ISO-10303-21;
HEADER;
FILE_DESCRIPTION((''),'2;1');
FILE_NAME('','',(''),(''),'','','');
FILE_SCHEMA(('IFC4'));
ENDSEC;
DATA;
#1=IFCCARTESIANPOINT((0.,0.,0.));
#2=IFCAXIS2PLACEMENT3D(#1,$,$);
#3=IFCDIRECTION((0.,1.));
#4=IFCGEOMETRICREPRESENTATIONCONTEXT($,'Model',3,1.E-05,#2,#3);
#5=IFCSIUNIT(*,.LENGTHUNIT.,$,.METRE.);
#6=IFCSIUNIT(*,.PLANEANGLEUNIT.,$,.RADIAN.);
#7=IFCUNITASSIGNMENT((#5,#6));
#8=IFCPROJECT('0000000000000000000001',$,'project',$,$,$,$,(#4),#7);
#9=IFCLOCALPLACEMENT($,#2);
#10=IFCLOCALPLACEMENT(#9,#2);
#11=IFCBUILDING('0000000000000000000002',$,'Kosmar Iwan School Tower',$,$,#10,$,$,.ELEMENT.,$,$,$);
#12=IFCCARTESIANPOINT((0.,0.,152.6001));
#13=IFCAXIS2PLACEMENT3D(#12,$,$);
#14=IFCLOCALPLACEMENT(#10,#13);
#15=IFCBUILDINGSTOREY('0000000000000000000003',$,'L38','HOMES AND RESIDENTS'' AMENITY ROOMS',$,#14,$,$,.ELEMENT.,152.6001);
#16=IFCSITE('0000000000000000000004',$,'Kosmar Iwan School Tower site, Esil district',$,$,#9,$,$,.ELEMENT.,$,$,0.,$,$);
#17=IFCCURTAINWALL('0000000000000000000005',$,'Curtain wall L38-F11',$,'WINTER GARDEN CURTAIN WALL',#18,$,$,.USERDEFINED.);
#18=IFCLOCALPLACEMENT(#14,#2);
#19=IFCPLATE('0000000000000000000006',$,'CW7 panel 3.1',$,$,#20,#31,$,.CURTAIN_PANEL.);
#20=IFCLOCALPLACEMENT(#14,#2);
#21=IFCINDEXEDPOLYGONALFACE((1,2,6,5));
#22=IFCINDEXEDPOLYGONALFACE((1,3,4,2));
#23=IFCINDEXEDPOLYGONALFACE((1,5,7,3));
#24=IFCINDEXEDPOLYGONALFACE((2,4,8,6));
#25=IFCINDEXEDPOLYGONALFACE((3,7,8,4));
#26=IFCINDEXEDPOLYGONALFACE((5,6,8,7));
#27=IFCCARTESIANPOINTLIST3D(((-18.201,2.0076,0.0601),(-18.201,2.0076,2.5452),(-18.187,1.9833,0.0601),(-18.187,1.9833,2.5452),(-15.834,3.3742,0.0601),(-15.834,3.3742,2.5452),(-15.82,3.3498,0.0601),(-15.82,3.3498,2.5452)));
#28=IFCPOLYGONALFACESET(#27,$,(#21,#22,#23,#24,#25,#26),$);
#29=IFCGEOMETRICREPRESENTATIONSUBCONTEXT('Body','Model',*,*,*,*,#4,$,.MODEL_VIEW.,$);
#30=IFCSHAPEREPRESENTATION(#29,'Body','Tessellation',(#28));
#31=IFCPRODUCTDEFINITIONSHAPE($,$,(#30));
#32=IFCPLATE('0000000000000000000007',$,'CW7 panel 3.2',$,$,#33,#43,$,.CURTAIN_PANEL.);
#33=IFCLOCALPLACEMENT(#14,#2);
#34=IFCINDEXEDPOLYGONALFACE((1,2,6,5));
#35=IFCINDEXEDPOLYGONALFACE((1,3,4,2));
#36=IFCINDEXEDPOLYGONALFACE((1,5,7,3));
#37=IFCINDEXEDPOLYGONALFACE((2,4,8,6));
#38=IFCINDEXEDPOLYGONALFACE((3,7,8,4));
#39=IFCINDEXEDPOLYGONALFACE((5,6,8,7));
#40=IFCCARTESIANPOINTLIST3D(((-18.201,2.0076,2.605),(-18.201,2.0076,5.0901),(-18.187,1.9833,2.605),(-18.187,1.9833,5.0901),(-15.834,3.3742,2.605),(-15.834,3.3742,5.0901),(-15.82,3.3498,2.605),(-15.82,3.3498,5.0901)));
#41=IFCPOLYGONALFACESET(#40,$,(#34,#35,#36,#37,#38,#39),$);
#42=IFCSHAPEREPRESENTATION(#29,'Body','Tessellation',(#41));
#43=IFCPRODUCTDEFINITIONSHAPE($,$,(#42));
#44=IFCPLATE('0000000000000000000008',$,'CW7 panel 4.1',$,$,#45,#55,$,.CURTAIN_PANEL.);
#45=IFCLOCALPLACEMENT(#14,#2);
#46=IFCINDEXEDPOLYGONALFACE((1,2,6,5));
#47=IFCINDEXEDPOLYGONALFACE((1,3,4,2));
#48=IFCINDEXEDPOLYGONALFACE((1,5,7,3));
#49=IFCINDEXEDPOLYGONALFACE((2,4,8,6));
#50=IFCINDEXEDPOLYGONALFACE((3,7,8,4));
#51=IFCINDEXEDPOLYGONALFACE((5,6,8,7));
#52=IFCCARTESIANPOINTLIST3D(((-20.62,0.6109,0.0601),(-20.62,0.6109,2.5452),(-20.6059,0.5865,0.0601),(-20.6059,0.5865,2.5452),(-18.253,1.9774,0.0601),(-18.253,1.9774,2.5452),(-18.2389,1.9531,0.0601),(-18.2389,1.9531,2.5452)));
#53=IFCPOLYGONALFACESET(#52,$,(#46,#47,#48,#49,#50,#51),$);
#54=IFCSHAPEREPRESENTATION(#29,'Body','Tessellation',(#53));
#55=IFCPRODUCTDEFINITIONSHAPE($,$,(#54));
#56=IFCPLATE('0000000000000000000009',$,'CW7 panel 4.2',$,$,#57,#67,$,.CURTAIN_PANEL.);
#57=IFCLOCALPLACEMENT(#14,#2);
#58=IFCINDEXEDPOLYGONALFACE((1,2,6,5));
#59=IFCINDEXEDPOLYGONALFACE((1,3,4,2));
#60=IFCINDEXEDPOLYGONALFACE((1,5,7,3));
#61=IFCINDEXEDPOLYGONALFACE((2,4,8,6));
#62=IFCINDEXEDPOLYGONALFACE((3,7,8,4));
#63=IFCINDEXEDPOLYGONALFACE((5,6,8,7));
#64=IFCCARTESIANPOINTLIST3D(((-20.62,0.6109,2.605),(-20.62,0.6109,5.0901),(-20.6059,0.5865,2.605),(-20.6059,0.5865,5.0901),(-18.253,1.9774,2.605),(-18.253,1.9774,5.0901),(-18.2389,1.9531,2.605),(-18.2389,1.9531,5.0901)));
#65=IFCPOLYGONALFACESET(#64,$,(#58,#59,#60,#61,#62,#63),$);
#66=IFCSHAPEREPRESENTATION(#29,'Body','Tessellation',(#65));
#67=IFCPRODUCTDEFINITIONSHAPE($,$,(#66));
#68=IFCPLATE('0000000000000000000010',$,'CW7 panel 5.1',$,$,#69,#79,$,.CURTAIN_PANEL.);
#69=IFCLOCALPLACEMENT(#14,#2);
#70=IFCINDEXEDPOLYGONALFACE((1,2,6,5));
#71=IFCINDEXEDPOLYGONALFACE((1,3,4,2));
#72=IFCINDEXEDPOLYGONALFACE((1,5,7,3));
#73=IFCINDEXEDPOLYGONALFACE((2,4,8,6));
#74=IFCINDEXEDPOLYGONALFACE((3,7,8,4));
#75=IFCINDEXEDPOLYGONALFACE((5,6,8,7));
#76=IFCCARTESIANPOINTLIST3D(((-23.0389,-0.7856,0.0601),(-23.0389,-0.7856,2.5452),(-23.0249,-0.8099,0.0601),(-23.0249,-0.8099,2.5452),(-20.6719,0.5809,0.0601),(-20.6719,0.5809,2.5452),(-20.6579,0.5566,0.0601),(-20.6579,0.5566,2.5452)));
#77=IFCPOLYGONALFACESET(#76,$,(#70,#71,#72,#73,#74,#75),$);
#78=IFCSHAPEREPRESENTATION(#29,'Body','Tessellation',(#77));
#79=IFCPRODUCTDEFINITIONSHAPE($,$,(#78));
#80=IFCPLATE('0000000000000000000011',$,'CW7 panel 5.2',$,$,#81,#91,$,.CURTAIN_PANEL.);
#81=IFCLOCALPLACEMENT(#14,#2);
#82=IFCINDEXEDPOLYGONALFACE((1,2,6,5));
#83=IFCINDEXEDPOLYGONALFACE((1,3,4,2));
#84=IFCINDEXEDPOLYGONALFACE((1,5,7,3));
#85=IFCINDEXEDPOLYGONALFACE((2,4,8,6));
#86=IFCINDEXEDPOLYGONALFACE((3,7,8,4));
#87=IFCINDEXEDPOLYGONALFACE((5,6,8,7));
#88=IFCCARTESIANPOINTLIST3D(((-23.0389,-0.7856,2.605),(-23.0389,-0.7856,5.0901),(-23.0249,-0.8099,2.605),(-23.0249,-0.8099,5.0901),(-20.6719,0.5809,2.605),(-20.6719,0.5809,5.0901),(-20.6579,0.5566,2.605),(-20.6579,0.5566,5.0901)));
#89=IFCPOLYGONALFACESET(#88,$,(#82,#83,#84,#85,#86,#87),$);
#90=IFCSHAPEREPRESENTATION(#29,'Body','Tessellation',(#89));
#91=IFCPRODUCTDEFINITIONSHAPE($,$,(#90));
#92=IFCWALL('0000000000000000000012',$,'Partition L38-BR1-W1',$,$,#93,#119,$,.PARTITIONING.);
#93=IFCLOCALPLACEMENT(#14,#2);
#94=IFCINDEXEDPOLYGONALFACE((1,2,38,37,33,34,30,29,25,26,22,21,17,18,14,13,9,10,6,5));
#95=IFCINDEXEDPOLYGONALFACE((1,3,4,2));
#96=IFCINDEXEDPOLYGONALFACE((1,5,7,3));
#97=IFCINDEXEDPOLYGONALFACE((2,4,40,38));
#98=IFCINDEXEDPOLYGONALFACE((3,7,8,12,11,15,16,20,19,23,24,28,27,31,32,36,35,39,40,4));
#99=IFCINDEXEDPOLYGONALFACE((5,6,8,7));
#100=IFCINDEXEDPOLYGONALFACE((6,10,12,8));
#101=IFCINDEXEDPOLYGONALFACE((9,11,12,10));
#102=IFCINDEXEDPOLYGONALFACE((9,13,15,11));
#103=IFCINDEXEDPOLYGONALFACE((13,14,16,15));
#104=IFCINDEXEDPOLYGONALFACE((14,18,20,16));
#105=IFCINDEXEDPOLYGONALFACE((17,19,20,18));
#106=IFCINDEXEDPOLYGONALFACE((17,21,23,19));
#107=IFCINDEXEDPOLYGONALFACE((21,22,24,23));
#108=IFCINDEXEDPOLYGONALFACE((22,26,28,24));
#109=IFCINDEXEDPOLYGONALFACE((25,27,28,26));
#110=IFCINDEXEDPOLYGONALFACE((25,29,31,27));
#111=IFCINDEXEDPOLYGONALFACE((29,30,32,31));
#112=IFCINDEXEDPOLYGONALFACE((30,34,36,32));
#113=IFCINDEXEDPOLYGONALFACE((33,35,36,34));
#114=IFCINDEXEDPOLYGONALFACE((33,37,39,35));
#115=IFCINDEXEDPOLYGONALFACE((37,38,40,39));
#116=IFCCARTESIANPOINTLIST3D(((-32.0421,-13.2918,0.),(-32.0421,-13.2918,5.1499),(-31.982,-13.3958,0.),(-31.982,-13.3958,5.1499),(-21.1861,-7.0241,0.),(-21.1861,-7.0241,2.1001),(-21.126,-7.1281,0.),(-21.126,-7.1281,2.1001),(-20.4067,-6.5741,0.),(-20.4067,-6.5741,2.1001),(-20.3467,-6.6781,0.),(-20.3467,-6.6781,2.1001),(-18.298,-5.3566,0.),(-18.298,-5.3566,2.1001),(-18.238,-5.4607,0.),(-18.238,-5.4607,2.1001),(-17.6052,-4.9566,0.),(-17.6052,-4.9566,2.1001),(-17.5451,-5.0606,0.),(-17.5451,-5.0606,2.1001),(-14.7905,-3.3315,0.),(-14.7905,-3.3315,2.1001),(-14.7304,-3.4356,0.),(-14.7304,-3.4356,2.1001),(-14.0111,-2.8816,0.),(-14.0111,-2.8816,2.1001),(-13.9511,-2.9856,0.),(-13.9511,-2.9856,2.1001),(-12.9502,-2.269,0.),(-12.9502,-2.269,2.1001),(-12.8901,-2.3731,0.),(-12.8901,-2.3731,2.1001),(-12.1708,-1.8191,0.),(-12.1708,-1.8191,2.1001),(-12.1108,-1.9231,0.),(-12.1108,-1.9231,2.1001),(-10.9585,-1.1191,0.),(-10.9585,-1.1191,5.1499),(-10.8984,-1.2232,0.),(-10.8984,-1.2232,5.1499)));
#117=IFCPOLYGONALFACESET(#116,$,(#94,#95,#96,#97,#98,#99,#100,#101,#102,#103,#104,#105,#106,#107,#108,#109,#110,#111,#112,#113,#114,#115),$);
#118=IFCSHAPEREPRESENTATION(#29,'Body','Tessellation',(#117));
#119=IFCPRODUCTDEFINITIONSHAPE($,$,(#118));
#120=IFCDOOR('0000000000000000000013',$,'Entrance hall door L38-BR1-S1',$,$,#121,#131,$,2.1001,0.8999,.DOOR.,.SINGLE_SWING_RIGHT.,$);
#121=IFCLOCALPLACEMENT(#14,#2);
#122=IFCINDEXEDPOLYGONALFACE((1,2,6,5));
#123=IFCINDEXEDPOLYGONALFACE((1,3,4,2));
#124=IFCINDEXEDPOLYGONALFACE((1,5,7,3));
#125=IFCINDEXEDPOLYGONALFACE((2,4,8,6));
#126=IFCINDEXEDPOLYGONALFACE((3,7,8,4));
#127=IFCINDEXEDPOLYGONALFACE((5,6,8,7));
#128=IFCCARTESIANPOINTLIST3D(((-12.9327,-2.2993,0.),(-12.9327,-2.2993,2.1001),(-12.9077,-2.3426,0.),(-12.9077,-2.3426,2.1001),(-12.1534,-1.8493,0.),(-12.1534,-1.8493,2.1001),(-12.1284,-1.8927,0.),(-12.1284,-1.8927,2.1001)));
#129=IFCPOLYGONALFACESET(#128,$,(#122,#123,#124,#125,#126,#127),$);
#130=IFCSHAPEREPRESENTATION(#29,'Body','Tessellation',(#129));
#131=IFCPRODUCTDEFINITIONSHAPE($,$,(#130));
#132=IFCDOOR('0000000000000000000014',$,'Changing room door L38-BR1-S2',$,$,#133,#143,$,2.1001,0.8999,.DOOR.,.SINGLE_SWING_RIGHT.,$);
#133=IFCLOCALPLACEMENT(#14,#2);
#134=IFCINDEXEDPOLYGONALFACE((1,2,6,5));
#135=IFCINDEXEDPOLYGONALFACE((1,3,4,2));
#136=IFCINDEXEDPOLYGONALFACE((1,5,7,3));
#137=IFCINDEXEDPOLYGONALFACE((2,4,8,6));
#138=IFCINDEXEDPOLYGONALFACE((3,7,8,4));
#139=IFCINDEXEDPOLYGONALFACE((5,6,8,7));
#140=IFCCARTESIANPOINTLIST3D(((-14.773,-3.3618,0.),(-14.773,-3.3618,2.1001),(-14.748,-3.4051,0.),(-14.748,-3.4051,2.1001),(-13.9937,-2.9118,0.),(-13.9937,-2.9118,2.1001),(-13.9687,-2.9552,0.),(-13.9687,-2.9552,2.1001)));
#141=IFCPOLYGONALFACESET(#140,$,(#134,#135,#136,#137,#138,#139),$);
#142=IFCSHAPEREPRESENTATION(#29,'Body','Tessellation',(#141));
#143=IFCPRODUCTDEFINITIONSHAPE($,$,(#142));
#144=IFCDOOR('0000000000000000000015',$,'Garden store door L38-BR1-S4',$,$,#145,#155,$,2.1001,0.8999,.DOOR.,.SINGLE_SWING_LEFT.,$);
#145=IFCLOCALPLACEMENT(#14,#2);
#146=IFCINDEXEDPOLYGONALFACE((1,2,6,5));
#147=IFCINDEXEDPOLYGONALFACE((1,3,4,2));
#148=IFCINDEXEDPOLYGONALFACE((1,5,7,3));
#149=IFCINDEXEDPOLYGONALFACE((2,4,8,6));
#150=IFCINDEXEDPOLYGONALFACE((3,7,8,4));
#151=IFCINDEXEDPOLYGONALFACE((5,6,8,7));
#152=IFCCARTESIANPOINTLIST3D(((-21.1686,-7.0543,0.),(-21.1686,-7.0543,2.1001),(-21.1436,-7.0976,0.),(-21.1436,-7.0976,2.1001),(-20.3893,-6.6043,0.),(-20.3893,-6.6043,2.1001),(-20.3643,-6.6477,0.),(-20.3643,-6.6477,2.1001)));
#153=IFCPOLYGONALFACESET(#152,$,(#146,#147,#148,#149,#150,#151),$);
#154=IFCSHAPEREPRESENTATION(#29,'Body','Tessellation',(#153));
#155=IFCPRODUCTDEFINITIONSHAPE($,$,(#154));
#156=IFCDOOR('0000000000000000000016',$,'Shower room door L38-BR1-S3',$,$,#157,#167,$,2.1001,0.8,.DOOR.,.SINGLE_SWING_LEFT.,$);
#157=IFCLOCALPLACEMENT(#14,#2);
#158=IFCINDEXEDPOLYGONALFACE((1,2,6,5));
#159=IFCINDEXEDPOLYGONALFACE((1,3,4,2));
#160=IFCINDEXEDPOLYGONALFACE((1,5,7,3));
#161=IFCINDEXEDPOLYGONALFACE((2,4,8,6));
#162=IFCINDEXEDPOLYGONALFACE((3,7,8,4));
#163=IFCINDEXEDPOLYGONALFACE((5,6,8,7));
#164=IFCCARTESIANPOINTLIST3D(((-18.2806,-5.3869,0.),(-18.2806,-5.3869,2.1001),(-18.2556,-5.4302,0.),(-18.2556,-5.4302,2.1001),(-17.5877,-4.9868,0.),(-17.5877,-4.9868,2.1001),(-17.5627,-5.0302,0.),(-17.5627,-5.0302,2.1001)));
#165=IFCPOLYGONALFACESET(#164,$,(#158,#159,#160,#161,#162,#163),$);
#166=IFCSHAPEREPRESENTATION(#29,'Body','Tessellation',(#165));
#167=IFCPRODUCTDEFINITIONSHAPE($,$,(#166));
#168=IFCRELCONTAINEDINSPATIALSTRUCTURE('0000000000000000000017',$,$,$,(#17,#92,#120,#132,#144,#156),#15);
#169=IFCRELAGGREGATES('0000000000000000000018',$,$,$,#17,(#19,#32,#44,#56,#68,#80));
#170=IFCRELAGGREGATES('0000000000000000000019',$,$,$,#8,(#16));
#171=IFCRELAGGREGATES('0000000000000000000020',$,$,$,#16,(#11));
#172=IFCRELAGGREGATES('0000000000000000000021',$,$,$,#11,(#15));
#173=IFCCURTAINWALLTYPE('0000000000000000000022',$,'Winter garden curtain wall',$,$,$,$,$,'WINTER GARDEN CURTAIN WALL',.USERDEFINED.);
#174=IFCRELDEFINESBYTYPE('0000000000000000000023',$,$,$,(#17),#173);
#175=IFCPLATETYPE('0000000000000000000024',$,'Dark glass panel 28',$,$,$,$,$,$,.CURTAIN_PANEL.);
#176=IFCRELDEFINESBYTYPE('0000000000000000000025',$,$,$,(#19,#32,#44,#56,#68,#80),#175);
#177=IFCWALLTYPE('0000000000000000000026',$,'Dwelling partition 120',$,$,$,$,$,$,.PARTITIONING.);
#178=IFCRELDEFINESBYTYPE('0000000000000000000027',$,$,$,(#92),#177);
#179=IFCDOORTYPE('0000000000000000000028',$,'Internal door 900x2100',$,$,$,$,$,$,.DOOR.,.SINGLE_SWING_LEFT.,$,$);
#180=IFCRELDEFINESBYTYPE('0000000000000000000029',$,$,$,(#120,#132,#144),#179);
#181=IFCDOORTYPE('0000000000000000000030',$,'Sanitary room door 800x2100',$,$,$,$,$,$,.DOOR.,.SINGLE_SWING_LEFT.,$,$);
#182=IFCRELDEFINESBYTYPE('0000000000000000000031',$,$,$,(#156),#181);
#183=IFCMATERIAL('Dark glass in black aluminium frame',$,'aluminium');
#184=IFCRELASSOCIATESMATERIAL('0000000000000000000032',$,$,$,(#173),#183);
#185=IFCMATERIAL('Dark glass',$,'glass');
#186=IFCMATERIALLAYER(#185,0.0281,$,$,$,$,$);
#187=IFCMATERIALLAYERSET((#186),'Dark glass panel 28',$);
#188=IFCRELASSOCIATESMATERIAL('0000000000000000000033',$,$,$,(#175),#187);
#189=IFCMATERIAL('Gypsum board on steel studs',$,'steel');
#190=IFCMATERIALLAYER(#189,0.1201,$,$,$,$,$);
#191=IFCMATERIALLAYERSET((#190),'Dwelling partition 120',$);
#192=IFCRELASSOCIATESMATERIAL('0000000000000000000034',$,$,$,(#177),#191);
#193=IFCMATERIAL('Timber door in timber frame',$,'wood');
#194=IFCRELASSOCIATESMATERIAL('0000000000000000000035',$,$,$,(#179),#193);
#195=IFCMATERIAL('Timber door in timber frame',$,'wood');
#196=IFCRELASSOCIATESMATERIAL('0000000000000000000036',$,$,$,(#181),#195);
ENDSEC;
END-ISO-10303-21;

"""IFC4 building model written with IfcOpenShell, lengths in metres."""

from ifc_helpers import new_model, si_unit, direction, frame, frame_2d, origin, origin_2d, place, context, subcontext, project, spatial, rectangle, extrude, material, layer, layer_set, type_object, element, fill, aggregate, save


model = new_model("IFC4")

# Units and contexts
model_context = context("Model", 3, precision=1e-05, world=origin(), true_north=direction((0.0, 1.0)))
body_context = subcontext(model_context, "Body", "Model", "MODEL_VIEW")
ifc_project = project(units=[si_unit("LENGTHUNIT", "METRE"), si_unit("PLANEANGLEUNIT", "RADIAN")], contexts=[model_context])

# Site, building, storey
site_placement = place(None, origin())
site = spatial("IfcSite", under=ifc_project, at=site_placement, Name="Kosmar Iwan School Tower site, Esil district", CompositionType="ELEMENT", RefElevation=0.0)
building_placement = place(site_placement, origin())
building = spatial("IfcBuilding", under=site, at=building_placement, Name="Kosmar Iwan School Tower", CompositionType="ELEMENT")
storey_placement = place(building_placement, frame((0.0, 0.0, 152.6001)))
storey = spatial("IfcBuildingStorey", under=building, at=storey_placement, Name="L38", Description="HOMES AND RESIDENTS' AMENITY ROOMS", CompositionType="ELEMENT", Elevation=152.6001)

# Curtain wall
ifc_material_1 = material(Name="Dark glass in black aluminium frame", Category="aluminium")
curtain_wall_type = type_object("IfcCurtainWallType", Name="Winter garden curtain wall", ElementType="WINTER GARDEN CURTAIN WALL", PredefinedType="USERDEFINED", material=ifc_material_1)
curtain_wall_placement = place(storey_placement, origin())
curtain_wall = element("IfcCurtainWall", 1, at=curtain_wall_placement, inside=storey, type_object=curtain_wall_type, Name="Curtain wall L38-F11", ObjectType="WINTER GARDEN CURTAIN WALL", PredefinedType="USERDEFINED")

# Plates
ifc_material_2 = material(Name="Dark glass", Category="glass")
ifc_layer_1 = layer(ifc_material_2, 0.0281)
ifc_layer_set_1 = layer_set([ifc_layer_1], Name="Dark glass panel 28")
plate_type = type_object("IfcPlateType", Name="Dark glass panel 28", PredefinedType="CURTAIN_PANEL", material=ifc_layer_set_1)
plate_1_placement = place(storey_placement, frame((-17.0105, 2.6787, 0.0601), z_axis=(0.0, 0.0, 1.0), x_axis=(-0.866025, -0.5, 0.0)))
plate_1 = element("IfcPlate", 2, at=plate_1_placement, type_object=plate_type, Name="CW7 panel 3.1", PredefinedType="CURTAIN_PANEL", context=body_context, shape_type="SweptSolid", body=[
    extrude(rectangle(XDim=2.7332, YDim=0.0281, at=origin_2d()), origin(), (0.0, 0.0, 1.0), 2.4851),
])
plate_2_placement = place(storey_placement, frame((-17.0105, 2.6787, 2.605), z_axis=(0.0, 0.0, 1.0), x_axis=(-0.866025, -0.5, 0.0)))
plate_2 = element("IfcPlate", 3, at=plate_2_placement, type_object=plate_type, Name="CW7 panel 3.2", PredefinedType="CURTAIN_PANEL", context=body_context, shape_type="SweptSolid", body=[
    extrude(rectangle(XDim=2.7332, YDim=0.0281, at=origin_2d()), origin(), (0.0, 0.0, 1.0), 2.4851),
])
plate_3_placement = place(storey_placement, frame((-19.4294, 1.282, 0.0601), z_axis=(0.0, 0.0, 1.0), x_axis=(-0.866025, -0.5, 0.0)))
plate_3 = element("IfcPlate", 4, at=plate_3_placement, type_object=plate_type, Name="CW7 panel 4.1", PredefinedType="CURTAIN_PANEL", context=body_context, shape_type="SweptSolid", body=[
    extrude(rectangle(XDim=2.7332, YDim=0.0281, at=origin_2d()), origin(), (0.0, 0.0, 1.0), 2.4851),
])
plate_4_placement = place(storey_placement, frame((-19.4294, 1.282, 2.605), z_axis=(0.0, 0.0, 1.0), x_axis=(-0.866025, -0.5, 0.0)))
plate_4 = element("IfcPlate", 5, at=plate_4_placement, type_object=plate_type, Name="CW7 panel 4.2", PredefinedType="CURTAIN_PANEL", context=body_context, shape_type="SweptSolid", body=[
    extrude(rectangle(XDim=2.7332, YDim=0.0281, at=origin_2d()), origin(), (0.0, 0.0, 1.0), 2.4851),
])
plate_5_placement = place(storey_placement, frame((-21.8484, -0.1145, 0.0601), z_axis=(0.0, 0.0, 1.0), x_axis=(-0.866025, -0.5, 0.0)))
plate_5 = element("IfcPlate", 6, at=plate_5_placement, type_object=plate_type, Name="CW7 panel 5.1", PredefinedType="CURTAIN_PANEL", context=body_context, shape_type="SweptSolid", body=[
    extrude(rectangle(XDim=2.7332, YDim=0.0281, at=origin_2d()), origin(), (0.0, 0.0, 1.0), 2.4851),
])
plate_6_placement = place(storey_placement, frame((-21.8484, -0.1145, 2.605), z_axis=(0.0, 0.0, 1.0), x_axis=(-0.866025, -0.5, 0.0)))
plate_6 = element("IfcPlate", 7, at=plate_6_placement, type_object=plate_type, Name="CW7 panel 5.2", PredefinedType="CURTAIN_PANEL", context=body_context, shape_type="SweptSolid", body=[
    extrude(rectangle(XDim=2.7332, YDim=0.0281, at=origin_2d()), origin(), (0.0, 0.0, 1.0), 2.4851),
])
aggregate(curtain_wall, [plate_1, plate_2, plate_3, plate_4, plate_5, plate_6])

# Wall, openings, doors
ifc_material_3 = material(Name="Gypsum board on steel studs", Category="steel")
ifc_layer_2 = layer(ifc_material_3, 0.1201)
ifc_layer_set_2 = layer_set([ifc_layer_2], Name="Dwelling partition 120")
wall_type = type_object("IfcWallType", Name="Dwelling partition 120", PredefinedType="PARTITIONING", material=ifc_layer_set_2)
wall_1_placement = place(storey_placement, frame((-10.9285, -1.1711, 0.0), z_axis=(0.0, 0.0, 1.0), x_axis=(-0.866025, -0.500001, 0.0)))
wall_1 = element("IfcWall", 8, at=wall_1_placement, inside=storey, type_object=wall_type, Name="Partition L38-BR1-W1", PredefinedType="PARTITIONING", context=body_context, shape_type="SweptSolid", body=[
    extrude(rectangle(XDim=24.3452, YDim=0.1201, at=frame_2d((12.1726, 0.0))), origin(), (0.0, 0.0, 1.0), 5.1499),
])
opening_1_placement = place(wall_1_placement, frame((1.3999, 0.0, 0.0)))
opening_1 = element("IfcOpeningElement", 9, at=opening_1_placement, cuts=wall_1, PredefinedType="OPENING", context=body_context, shape_type="SweptSolid", body=[
    extrude(rectangle(XDim=0.8999, YDim=2.1001, at=frame_2d((0.45, 1.05))), frame((0.0, 0.072, 0.0), z_axis=(0.0, -1.0, 0.0), x_axis=(1.0, 0.0, 0.0)), (0.0, 0.0, 1.0), 0.144),
])
opening_2_placement = place(wall_1_placement, frame((3.5249, 0.0, 0.0)))
opening_2 = element("IfcOpeningElement", 10, at=opening_2_placement, cuts=wall_1, PredefinedType="OPENING", context=body_context, shape_type="SweptSolid", body=[
    extrude(rectangle(XDim=0.8999, YDim=2.1001, at=frame_2d((0.45, 1.05))), frame((0.0, 0.072, 0.0), z_axis=(0.0, -1.0, 0.0), x_axis=(1.0, 0.0, 0.0)), (0.0, 0.0, 1.0), 0.144),
])
opening_3_placement = place(wall_1_placement, frame((7.675, 0.0, 0.0)))
opening_3 = element("IfcOpeningElement", 11, at=opening_3_placement, cuts=wall_1, PredefinedType="OPENING", context=body_context, shape_type="SweptSolid", body=[
    extrude(rectangle(XDim=0.8, YDim=2.1001, at=frame_2d((0.3999, 1.05))), frame((0.0, 0.072, 0.0), z_axis=(0.0, -1.0, 0.0), x_axis=(1.0, 0.0, 0.0)), (0.0, 0.0, 1.0), 0.144),
])
opening_4_placement = place(wall_1_placement, frame((10.9099, 0.0, 0.0)))
opening_4 = element("IfcOpeningElement", 12, at=opening_4_placement, cuts=wall_1, PredefinedType="OPENING", context=body_context, shape_type="SweptSolid", body=[
    extrude(rectangle(XDim=0.8999, YDim=2.1001, at=frame_2d((0.45, 1.05))), frame((0.0, 0.072, 0.0), z_axis=(0.0, -1.0, 0.0), x_axis=(1.0, 0.0, 0.0)), (0.0, 0.0, 1.0), 0.144),
])
ifc_material_4 = material(Name="Timber door in timber frame", Category="wood")
door_type_1 = type_object("IfcDoorType", Name="Internal door 900x2100", OperationType="SINGLE_SWING_LEFT", PredefinedType="DOOR", material=ifc_material_4)
door_1_placement = place(opening_1_placement, origin())
door_1 = element("IfcDoor", 13, at=door_1_placement, inside=storey, type_object=door_type_1, Name="Entrance hall door L38-BR1-S1", OperationType="SINGLE_SWING_RIGHT", OverallHeight=2.1001, OverallWidth=0.8999, PredefinedType="DOOR", context=body_context, shape_type="SweptSolid", body=[
    extrude(rectangle(XDim=0.8999, YDim=2.1001, at=frame_2d((0.45, 1.05))), frame((0.0, 0.0249, 0.0), z_axis=(0.0, -1.0, 0.0), x_axis=(1.0, 0.0, 0.0)), (0.0, 0.0, 1.0), 0.05),
])
fill(opening_1, door_1)
door_2_placement = place(opening_2_placement, origin())
door_2 = element("IfcDoor", 14, at=door_2_placement, inside=storey, type_object=door_type_1, Name="Changing room door L38-BR1-S2", OperationType="SINGLE_SWING_RIGHT", OverallHeight=2.1001, OverallWidth=0.8999, PredefinedType="DOOR", context=body_context, shape_type="SweptSolid", body=[
    extrude(rectangle(XDim=0.8999, YDim=2.1001, at=frame_2d((0.45, 1.05))), frame((0.0, 0.0249, 0.0), z_axis=(0.0, -1.0, 0.0), x_axis=(1.0, 0.0, 0.0)), (0.0, 0.0, 1.0), 0.05),
])
fill(opening_2, door_2)
door_3_placement = place(opening_4_placement, origin())
door_3 = element("IfcDoor", 15, at=door_3_placement, inside=storey, type_object=door_type_1, Name="Garden store door L38-BR1-S4", OperationType="SINGLE_SWING_LEFT", OverallHeight=2.1001, OverallWidth=0.8999, PredefinedType="DOOR", context=body_context, shape_type="SweptSolid", body=[
    extrude(rectangle(XDim=0.8999, YDim=2.1001, at=frame_2d((0.45, 1.05))), frame((0.0, 0.0249, 0.0), z_axis=(0.0, -1.0, 0.0), x_axis=(1.0, 0.0, 0.0)), (0.0, 0.0, 1.0), 0.05),
])
fill(opening_4, door_3)
ifc_material_5 = material(Name="Timber door in timber frame", Category="wood")
door_type_2 = type_object("IfcDoorType", Name="Sanitary room door 800x2100", OperationType="SINGLE_SWING_LEFT", PredefinedType="DOOR", material=ifc_material_5)
door_4_placement = place(opening_3_placement, origin())
door_4 = element("IfcDoor", 16, at=door_4_placement, inside=storey, type_object=door_type_2, Name="Shower room door L38-BR1-S3", OperationType="SINGLE_SWING_LEFT", OverallHeight=2.1001, OverallWidth=0.8, PredefinedType="DOOR", context=body_context, shape_type="SweptSolid", body=[
    extrude(rectangle(XDim=0.8, YDim=2.1001, at=frame_2d((0.3999, 1.05))), frame((0.0, 0.0249, 0.0), z_axis=(0.0, -1.0, 0.0), x_axis=(1.0, 0.0, 0.0)), (0.0, 0.0, 1.0), 0.05),
])
fill(opening_3, door_4)

save(model, "model.ifc")
